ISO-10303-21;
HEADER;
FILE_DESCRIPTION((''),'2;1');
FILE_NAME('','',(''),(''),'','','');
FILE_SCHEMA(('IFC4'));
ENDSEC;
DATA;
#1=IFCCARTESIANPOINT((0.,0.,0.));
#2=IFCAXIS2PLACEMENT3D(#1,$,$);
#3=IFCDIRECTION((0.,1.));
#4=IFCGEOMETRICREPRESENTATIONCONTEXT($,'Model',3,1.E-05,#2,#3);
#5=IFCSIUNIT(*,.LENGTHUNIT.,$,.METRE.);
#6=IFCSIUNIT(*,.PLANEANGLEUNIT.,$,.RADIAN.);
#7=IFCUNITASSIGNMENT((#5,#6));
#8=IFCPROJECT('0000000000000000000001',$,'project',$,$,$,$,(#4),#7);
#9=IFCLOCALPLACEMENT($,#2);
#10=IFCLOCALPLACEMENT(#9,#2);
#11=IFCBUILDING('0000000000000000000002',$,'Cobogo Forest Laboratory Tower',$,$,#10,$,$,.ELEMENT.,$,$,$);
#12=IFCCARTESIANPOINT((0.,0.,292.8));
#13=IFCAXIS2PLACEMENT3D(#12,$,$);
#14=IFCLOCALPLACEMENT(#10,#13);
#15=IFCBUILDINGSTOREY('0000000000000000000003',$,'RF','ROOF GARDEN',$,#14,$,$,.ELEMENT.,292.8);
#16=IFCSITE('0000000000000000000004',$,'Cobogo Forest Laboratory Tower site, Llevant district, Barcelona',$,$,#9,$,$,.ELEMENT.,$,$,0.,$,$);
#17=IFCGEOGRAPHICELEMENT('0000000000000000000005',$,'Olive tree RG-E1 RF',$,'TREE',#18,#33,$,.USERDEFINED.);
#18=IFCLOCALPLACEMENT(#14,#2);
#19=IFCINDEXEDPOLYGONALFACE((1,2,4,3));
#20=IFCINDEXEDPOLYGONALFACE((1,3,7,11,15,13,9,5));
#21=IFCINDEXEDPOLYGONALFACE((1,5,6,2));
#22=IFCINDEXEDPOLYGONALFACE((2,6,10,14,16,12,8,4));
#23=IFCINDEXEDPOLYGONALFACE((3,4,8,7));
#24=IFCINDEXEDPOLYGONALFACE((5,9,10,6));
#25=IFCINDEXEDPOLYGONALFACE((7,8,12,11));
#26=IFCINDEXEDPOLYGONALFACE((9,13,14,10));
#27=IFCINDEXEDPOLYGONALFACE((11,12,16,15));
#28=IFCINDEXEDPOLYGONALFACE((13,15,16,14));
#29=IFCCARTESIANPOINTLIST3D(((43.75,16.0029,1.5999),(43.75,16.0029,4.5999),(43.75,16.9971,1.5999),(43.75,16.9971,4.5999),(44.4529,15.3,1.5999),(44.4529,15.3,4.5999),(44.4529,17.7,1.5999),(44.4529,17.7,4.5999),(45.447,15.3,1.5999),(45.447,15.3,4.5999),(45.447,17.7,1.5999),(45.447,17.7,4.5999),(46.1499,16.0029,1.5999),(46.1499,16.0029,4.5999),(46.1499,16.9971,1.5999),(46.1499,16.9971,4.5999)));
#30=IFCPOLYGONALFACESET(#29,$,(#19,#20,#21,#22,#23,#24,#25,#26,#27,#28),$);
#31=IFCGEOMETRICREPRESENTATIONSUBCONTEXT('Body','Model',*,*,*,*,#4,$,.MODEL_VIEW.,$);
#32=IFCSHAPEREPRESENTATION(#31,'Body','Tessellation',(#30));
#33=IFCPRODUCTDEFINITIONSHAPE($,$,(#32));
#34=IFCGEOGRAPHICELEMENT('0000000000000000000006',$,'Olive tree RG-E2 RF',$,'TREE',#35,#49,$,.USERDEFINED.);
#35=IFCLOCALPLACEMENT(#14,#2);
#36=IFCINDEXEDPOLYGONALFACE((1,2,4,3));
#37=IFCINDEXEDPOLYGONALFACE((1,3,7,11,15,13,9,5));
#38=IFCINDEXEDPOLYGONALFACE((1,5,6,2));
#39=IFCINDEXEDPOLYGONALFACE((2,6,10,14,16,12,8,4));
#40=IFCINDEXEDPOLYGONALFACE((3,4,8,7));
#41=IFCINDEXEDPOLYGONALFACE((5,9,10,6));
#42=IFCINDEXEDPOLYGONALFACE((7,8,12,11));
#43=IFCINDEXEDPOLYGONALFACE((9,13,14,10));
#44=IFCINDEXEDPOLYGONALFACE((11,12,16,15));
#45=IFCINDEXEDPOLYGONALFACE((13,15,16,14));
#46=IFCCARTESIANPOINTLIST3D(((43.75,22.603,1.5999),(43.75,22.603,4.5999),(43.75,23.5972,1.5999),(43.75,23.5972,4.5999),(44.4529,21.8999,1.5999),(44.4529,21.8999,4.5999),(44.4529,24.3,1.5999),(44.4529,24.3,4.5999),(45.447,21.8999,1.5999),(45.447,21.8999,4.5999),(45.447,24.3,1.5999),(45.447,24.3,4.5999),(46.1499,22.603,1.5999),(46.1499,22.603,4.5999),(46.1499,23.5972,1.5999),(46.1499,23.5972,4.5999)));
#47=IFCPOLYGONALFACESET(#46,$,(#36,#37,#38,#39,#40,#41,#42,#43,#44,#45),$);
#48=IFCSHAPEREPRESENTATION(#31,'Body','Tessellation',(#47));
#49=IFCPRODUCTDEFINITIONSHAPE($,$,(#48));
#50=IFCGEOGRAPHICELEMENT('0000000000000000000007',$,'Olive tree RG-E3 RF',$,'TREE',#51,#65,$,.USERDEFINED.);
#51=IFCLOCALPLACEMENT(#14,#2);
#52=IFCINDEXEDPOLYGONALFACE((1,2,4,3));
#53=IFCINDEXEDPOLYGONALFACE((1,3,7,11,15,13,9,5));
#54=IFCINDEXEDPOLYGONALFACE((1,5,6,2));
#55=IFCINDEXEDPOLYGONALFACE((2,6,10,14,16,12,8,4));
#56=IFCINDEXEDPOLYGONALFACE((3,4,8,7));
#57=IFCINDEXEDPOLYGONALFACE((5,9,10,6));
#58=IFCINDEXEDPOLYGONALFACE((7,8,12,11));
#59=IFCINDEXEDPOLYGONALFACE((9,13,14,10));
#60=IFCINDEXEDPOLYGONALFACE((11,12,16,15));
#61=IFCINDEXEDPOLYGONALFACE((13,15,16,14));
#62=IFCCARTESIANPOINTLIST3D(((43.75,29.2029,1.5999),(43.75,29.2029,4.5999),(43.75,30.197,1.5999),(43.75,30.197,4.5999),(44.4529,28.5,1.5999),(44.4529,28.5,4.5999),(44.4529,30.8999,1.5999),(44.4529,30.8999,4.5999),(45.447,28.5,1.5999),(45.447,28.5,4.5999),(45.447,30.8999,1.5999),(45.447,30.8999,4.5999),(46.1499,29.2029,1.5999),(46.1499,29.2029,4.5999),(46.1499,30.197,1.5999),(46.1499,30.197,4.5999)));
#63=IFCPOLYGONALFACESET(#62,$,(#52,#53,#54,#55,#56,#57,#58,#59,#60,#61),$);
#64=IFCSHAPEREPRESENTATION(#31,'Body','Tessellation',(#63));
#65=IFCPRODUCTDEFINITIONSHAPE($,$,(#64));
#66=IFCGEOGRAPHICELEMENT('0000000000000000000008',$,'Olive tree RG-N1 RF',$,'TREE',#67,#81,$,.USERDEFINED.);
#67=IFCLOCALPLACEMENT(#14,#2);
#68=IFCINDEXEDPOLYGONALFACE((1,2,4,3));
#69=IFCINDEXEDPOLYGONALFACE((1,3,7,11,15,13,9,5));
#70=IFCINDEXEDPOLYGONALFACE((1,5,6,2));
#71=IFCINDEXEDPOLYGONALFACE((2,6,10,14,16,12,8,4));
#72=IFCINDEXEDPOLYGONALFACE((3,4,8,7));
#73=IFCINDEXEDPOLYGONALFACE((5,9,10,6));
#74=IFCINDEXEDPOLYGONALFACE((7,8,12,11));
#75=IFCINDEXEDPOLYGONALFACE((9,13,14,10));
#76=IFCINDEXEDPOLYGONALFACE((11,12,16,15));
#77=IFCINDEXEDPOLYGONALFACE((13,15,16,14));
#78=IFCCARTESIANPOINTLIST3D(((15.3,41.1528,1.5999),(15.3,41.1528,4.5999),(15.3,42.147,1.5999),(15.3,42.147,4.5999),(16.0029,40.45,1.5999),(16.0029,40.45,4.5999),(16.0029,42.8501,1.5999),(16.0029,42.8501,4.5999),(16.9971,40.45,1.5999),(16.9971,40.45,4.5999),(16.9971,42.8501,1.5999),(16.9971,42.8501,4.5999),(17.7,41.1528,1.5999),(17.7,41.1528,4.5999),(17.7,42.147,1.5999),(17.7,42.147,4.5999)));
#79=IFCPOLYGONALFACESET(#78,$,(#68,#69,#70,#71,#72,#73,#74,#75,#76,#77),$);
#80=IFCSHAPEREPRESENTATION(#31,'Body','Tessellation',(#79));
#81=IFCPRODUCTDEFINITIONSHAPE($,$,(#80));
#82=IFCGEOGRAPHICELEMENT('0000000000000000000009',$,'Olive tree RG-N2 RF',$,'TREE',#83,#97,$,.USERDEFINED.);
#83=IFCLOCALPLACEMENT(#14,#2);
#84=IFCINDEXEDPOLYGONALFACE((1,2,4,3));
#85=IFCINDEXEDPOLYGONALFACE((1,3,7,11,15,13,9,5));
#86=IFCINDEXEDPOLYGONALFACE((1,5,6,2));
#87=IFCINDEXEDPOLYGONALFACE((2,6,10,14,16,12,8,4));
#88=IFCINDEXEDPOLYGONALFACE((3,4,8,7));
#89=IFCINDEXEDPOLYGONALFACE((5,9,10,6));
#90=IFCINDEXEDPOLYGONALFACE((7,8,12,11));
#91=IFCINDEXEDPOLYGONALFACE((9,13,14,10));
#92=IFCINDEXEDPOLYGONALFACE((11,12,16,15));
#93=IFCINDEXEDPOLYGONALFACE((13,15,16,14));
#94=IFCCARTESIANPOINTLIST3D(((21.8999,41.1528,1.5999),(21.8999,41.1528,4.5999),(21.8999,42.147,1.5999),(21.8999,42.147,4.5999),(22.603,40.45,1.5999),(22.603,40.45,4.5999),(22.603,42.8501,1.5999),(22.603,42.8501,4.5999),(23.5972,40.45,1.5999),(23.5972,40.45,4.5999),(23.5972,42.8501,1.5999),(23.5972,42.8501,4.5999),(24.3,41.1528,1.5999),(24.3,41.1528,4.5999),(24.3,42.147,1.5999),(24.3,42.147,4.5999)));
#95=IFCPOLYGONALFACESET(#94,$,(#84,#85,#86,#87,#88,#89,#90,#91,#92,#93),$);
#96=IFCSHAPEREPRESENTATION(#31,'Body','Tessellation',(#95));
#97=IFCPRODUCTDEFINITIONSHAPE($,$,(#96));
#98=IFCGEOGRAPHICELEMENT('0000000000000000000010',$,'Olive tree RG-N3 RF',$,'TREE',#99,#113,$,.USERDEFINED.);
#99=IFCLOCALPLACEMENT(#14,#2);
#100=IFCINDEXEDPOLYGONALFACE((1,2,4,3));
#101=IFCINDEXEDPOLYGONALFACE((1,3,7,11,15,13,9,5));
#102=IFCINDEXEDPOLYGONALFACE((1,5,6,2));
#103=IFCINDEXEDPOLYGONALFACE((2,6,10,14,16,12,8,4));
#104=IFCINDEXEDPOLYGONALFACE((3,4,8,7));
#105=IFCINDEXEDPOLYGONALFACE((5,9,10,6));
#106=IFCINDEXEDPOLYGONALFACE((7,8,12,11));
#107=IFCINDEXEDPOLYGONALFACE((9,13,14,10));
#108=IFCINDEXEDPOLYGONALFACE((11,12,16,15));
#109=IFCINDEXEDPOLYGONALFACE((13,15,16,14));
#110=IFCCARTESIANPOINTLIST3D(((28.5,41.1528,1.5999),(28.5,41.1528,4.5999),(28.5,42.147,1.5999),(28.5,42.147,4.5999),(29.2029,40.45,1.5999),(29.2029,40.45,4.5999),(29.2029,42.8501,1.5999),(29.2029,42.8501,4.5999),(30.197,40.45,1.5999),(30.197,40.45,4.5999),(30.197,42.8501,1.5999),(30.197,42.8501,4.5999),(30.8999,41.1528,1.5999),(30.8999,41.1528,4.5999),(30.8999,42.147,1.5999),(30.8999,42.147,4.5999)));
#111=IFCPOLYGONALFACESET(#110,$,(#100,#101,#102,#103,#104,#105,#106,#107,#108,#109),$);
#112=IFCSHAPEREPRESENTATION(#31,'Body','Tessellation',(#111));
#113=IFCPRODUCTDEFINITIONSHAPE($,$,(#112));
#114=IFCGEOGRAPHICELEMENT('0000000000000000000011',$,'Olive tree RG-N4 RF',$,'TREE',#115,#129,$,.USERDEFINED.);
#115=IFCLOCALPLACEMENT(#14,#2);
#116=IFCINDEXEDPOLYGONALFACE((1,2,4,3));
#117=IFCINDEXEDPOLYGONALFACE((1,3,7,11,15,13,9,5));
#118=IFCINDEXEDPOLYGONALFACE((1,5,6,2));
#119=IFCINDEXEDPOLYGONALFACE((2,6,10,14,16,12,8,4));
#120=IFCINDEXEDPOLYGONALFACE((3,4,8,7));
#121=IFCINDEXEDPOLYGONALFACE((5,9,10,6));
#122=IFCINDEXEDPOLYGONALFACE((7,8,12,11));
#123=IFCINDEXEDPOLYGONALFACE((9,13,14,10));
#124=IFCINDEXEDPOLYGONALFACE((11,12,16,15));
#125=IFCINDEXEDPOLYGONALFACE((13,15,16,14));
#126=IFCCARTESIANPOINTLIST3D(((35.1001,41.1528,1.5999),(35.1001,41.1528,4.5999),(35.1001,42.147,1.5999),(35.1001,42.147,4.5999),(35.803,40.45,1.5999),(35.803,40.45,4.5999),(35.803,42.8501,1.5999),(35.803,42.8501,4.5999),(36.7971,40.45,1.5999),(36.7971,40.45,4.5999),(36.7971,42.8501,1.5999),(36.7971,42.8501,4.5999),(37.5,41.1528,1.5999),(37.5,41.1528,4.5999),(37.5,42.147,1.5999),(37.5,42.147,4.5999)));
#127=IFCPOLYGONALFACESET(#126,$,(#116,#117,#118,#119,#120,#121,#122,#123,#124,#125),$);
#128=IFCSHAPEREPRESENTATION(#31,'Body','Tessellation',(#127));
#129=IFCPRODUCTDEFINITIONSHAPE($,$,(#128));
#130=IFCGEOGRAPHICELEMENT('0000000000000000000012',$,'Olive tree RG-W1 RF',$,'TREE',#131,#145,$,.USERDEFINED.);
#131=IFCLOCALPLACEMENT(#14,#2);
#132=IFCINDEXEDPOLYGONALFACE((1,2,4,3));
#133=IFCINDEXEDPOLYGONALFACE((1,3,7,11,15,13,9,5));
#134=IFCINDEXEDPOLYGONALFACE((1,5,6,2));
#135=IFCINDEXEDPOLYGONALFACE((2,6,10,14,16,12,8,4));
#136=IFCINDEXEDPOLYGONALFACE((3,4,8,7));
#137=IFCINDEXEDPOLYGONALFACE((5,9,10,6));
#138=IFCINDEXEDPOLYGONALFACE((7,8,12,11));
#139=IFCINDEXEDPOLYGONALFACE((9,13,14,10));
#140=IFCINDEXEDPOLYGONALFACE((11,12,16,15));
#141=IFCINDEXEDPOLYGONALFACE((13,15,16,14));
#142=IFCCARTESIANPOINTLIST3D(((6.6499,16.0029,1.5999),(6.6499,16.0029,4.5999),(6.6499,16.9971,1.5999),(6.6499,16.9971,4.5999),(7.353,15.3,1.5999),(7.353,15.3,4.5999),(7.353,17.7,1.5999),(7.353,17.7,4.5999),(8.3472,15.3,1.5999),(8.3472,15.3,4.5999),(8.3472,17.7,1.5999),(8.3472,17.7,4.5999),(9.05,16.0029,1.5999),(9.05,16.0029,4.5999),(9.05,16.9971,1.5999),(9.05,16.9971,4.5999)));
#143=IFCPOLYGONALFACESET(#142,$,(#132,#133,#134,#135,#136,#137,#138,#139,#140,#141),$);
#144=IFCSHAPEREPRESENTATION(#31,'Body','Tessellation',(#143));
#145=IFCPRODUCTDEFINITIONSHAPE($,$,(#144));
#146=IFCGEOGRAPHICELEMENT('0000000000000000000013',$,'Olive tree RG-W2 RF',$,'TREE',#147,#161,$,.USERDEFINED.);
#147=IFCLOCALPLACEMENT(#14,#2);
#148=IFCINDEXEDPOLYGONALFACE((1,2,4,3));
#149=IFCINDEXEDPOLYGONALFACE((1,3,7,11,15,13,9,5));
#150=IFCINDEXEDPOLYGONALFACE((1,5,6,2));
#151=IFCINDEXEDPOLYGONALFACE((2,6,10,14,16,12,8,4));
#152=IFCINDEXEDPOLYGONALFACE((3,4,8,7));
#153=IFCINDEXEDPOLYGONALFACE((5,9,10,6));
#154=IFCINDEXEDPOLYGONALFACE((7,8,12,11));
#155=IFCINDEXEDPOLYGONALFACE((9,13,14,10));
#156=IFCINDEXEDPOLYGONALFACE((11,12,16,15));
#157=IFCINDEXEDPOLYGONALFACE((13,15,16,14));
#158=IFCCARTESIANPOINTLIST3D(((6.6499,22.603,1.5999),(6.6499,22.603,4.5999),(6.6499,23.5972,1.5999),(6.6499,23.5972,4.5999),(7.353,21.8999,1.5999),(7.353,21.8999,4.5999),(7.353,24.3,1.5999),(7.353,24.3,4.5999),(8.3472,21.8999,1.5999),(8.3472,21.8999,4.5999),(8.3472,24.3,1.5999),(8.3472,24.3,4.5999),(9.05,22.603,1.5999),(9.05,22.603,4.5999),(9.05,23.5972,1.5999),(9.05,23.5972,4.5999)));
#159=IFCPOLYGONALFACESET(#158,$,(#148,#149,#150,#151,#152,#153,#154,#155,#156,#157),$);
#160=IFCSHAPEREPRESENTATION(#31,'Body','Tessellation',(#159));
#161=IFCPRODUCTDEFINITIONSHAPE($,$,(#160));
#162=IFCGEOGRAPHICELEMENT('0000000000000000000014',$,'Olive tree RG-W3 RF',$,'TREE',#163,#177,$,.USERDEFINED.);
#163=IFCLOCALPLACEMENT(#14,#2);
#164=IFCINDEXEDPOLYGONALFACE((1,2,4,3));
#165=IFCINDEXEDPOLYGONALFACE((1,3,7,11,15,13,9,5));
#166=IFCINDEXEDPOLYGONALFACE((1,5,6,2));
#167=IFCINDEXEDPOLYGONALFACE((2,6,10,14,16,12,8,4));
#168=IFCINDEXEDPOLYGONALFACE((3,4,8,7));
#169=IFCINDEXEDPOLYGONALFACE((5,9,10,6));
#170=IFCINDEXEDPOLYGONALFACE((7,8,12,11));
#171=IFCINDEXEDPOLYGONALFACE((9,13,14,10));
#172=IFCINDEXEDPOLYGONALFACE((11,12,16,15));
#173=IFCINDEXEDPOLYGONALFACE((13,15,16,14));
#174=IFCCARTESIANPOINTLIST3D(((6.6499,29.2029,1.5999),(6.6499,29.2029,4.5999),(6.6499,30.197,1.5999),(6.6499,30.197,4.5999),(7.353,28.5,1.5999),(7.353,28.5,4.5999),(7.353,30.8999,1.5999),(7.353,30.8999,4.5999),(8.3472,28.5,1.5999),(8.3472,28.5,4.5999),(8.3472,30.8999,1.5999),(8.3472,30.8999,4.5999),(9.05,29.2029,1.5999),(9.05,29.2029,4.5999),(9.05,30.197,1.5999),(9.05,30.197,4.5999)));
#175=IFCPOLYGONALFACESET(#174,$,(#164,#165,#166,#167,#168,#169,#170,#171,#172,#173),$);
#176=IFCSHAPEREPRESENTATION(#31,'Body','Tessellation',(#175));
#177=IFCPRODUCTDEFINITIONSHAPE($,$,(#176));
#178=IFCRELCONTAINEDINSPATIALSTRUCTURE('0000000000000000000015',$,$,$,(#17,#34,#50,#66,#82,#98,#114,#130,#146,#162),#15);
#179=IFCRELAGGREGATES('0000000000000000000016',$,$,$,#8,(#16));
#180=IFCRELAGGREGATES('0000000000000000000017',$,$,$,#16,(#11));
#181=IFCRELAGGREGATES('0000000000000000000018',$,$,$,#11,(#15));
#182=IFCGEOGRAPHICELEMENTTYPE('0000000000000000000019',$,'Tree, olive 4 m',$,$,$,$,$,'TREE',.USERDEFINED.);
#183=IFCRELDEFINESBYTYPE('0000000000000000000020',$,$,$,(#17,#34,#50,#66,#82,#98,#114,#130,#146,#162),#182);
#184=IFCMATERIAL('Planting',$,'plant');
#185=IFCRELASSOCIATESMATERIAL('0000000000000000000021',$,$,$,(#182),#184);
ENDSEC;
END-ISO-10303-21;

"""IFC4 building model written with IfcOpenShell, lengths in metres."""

from ifc_helpers import new_model, si_unit, direction, frame, origin, place, context, subcontext, project, spatial, polyline, outline, extrude, material, type_object, element, save


model = new_model("IFC4")

# Units and contexts
model_context = context("Model", 3, precision=1e-05, world=origin(), true_north=direction((0.0, 1.0)))
body_context = subcontext(model_context, "Body", "Model", "MODEL_VIEW")
ifc_project = project(units=[si_unit("LENGTHUNIT", "METRE"), si_unit("PLANEANGLEUNIT", "RADIAN")], contexts=[model_context])

# Site, building, storey
site_placement = place(None, origin())
site = spatial("IfcSite", under=ifc_project, at=site_placement, Name="Cobogo Forest Laboratory Tower site, Llevant district, Barcelona", CompositionType="ELEMENT", RefElevation=0.0)
building_placement = place(site_placement, origin())
building = spatial("IfcBuilding", under=site, at=building_placement, Name="Cobogo Forest Laboratory Tower", CompositionType="ELEMENT")
storey_placement = place(building_placement, frame((0.0, 0.0, 292.8)))
storey = spatial("IfcBuildingStorey", under=building, at=storey_placement, Name="RF", Description="ROOF GARDEN", CompositionType="ELEMENT", Elevation=292.8)

# Geographic elements
ifc_material_1 = material(Name="Planting", Category="plant")
geographic_element_type = type_object("IfcGeographicElementType", Name="Tree, olive 4 m", ElementType="TREE", PredefinedType="USERDEFINED", material=ifc_material_1)
geographic_element_1_placement = place(storey_placement, frame((0.0, 0.0, 1.5999)))
element("IfcGeographicElement", 1, at=geographic_element_1_placement, inside=storey, type_object=geographic_element_type, Name="Olive tree RG-E1 RF", ObjectType="TREE", PredefinedType="USERDEFINED", context=body_context, shape_type="SweptSolid", body=[
    extrude(outline(polyline([(46.1499, 16.0029), (46.1499, 16.9971), (45.447, 17.7), (44.4529, 17.7), (43.75, 16.9971), (43.75, 16.0029), (44.4529, 15.3), (45.447, 15.3), (46.1499, 16.0029)])), origin(), (0.0, 0.0, 1.0), 3.0),
])
geographic_element_2_placement = place(storey_placement, frame((0.0, 0.0, 1.5999)))
element("IfcGeographicElement", 2, at=geographic_element_2_placement, inside=storey, type_object=geographic_element_type, Name="Olive tree RG-E2 RF", ObjectType="TREE", PredefinedType="USERDEFINED", context=body_context, shape_type="SweptSolid", body=[
    extrude(outline(polyline([(46.1499, 22.603), (46.1499, 23.5972), (45.447, 24.3), (44.4529, 24.3), (43.75, 23.5972), (43.75, 22.603), (44.4529, 21.8999), (45.447, 21.8999), (46.1499, 22.603)])), origin(), (0.0, 0.0, 1.0), 3.0),
])
geographic_element_3_placement = place(storey_placement, frame((0.0, 0.0, 1.5999)))
element("IfcGeographicElement", 3, at=geographic_element_3_placement, inside=storey, type_object=geographic_element_type, Name="Olive tree RG-E3 RF", ObjectType="TREE", PredefinedType="USERDEFINED", context=body_context, shape_type="SweptSolid", body=[
    extrude(outline(polyline([(46.1499, 29.2029), (46.1499, 30.197), (45.447, 30.8999), (44.4529, 30.8999), (43.75, 30.197), (43.75, 29.2029), (44.4529, 28.5), (45.447, 28.5), (46.1499, 29.2029)])), origin(), (0.0, 0.0, 1.0), 3.0),
])
geographic_element_4_placement = place(storey_placement, frame((0.0, 0.0, 1.5999)))
element("IfcGeographicElement", 4, at=geographic_element_4_placement, inside=storey, type_object=geographic_element_type, Name="Olive tree RG-N1 RF", ObjectType="TREE", PredefinedType="USERDEFINED", context=body_context, shape_type="SweptSolid", body=[
    extrude(outline(polyline([(17.7, 41.1528), (17.7, 42.147), (16.9971, 42.8501), (16.0029, 42.8501), (15.3, 42.147), (15.3, 41.1528), (16.0029, 40.45), (16.9971, 40.45), (17.7, 41.1528)])), origin(), (0.0, 0.0, 1.0), 3.0),
])
geographic_element_5_placement = place(storey_placement, frame((0.0, 0.0, 1.5999)))
element("IfcGeographicElement", 5, at=geographic_element_5_placement, inside=storey, type_object=geographic_element_type, Name="Olive tree RG-N2 RF", ObjectType="TREE", PredefinedType="USERDEFINED", context=body_context, shape_type="SweptSolid", body=[
    extrude(outline(polyline([(24.3, 41.1528), (24.3, 42.147), (23.5972, 42.8501), (22.603, 42.8501), (21.8999, 42.147), (21.8999, 41.1528), (22.603, 40.45), (23.5972, 40.45), (24.3, 41.1528)])), origin(), (0.0, 0.0, 1.0), 3.0),
])
geographic_element_6_placement = place(storey_placement, frame((0.0, 0.0, 1.5999)))
element("IfcGeographicElement", 6, at=geographic_element_6_placement, inside=storey, type_object=geographic_element_type, Name="Olive tree RG-N3 RF", ObjectType="TREE", PredefinedType="USERDEFINED", context=body_context, shape_type="SweptSolid", body=[
    extrude(outline(polyline([(30.8999, 41.1528), (30.8999, 42.147), (30.197, 42.8501), (29.2029, 42.8501), (28.5, 42.147), (28.5, 41.1528), (29.2029, 40.45), (30.197, 40.45), (30.8999, 41.1528)])), origin(), (0.0, 0.0, 1.0), 3.0),
])
geographic_element_7_placement = place(storey_placement, frame((0.0, 0.0, 1.5999)))
element("IfcGeographicElement", 7, at=geographic_element_7_placement, inside=storey, type_object=geographic_element_type, Name="Olive tree RG-N4 RF", ObjectType="TREE", PredefinedType="USERDEFINED", context=body_context, shape_type="SweptSolid", body=[
    extrude(outline(polyline([(37.5, 41.1528), (37.5, 42.147), (36.7971, 42.8501), (35.803, 42.8501), (35.1001, 42.147), (35.1001, 41.1528), (35.803, 40.45), (36.7971, 40.45), (37.5, 41.1528)])), origin(), (0.0, 0.0, 1.0), 3.0),
])
geographic_element_8_placement = place(storey_placement, frame((0.0, 0.0, 1.5999)))
element("IfcGeographicElement", 8, at=geographic_element_8_placement, inside=storey, type_object=geographic_element_type, Name="Olive tree RG-W1 RF", ObjectType="TREE", PredefinedType="USERDEFINED", context=body_context, shape_type="SweptSolid", body=[
    extrude(outline(polyline([(9.05, 16.0029), (9.05, 16.9971), (8.3472, 17.7), (7.353, 17.7), (6.6499, 16.9971), (6.6499, 16.0029), (7.353, 15.3), (8.3472, 15.3), (9.05, 16.0029)])), origin(), (0.0, 0.0, 1.0), 3.0),
])
geographic_element_9_placement = place(storey_placement, frame((0.0, 0.0, 1.5999)))
element("IfcGeographicElement", 9, at=geographic_element_9_placement, inside=storey, type_object=geographic_element_type, Name="Olive tree RG-W2 RF", ObjectType="TREE", PredefinedType="USERDEFINED", context=body_context, shape_type="SweptSolid", body=[
    extrude(outline(polyline([(9.05, 22.603), (9.05, 23.5972), (8.3472, 24.3), (7.353, 24.3), (6.6499, 23.5972), (6.6499, 22.603), (7.353, 21.8999), (8.3472, 21.8999), (9.05, 22.603)])), origin(), (0.0, 0.0, 1.0), 3.0),
])
geographic_element_10_placement = place(storey_placement, frame((0.0, 0.0, 1.5999)))
element("IfcGeographicElement", 10, at=geographic_element_10_placement, inside=storey, type_object=geographic_element_type, Name="Olive tree RG-W3 RF", ObjectType="TREE", PredefinedType="USERDEFINED", context=body_context, shape_type="SweptSolid", body=[
    extrude(outline(polyline([(9.05, 29.2029), (9.05, 30.197), (8.3472, 30.8999), (7.353, 30.8999), (6.6499, 30.197), (6.6499, 29.2029), (7.353, 28.5), (8.3472, 28.5), (9.05, 29.2029)])), origin(), (0.0, 0.0, 1.0), 3.0),
])

save(model, "model.ifc")
